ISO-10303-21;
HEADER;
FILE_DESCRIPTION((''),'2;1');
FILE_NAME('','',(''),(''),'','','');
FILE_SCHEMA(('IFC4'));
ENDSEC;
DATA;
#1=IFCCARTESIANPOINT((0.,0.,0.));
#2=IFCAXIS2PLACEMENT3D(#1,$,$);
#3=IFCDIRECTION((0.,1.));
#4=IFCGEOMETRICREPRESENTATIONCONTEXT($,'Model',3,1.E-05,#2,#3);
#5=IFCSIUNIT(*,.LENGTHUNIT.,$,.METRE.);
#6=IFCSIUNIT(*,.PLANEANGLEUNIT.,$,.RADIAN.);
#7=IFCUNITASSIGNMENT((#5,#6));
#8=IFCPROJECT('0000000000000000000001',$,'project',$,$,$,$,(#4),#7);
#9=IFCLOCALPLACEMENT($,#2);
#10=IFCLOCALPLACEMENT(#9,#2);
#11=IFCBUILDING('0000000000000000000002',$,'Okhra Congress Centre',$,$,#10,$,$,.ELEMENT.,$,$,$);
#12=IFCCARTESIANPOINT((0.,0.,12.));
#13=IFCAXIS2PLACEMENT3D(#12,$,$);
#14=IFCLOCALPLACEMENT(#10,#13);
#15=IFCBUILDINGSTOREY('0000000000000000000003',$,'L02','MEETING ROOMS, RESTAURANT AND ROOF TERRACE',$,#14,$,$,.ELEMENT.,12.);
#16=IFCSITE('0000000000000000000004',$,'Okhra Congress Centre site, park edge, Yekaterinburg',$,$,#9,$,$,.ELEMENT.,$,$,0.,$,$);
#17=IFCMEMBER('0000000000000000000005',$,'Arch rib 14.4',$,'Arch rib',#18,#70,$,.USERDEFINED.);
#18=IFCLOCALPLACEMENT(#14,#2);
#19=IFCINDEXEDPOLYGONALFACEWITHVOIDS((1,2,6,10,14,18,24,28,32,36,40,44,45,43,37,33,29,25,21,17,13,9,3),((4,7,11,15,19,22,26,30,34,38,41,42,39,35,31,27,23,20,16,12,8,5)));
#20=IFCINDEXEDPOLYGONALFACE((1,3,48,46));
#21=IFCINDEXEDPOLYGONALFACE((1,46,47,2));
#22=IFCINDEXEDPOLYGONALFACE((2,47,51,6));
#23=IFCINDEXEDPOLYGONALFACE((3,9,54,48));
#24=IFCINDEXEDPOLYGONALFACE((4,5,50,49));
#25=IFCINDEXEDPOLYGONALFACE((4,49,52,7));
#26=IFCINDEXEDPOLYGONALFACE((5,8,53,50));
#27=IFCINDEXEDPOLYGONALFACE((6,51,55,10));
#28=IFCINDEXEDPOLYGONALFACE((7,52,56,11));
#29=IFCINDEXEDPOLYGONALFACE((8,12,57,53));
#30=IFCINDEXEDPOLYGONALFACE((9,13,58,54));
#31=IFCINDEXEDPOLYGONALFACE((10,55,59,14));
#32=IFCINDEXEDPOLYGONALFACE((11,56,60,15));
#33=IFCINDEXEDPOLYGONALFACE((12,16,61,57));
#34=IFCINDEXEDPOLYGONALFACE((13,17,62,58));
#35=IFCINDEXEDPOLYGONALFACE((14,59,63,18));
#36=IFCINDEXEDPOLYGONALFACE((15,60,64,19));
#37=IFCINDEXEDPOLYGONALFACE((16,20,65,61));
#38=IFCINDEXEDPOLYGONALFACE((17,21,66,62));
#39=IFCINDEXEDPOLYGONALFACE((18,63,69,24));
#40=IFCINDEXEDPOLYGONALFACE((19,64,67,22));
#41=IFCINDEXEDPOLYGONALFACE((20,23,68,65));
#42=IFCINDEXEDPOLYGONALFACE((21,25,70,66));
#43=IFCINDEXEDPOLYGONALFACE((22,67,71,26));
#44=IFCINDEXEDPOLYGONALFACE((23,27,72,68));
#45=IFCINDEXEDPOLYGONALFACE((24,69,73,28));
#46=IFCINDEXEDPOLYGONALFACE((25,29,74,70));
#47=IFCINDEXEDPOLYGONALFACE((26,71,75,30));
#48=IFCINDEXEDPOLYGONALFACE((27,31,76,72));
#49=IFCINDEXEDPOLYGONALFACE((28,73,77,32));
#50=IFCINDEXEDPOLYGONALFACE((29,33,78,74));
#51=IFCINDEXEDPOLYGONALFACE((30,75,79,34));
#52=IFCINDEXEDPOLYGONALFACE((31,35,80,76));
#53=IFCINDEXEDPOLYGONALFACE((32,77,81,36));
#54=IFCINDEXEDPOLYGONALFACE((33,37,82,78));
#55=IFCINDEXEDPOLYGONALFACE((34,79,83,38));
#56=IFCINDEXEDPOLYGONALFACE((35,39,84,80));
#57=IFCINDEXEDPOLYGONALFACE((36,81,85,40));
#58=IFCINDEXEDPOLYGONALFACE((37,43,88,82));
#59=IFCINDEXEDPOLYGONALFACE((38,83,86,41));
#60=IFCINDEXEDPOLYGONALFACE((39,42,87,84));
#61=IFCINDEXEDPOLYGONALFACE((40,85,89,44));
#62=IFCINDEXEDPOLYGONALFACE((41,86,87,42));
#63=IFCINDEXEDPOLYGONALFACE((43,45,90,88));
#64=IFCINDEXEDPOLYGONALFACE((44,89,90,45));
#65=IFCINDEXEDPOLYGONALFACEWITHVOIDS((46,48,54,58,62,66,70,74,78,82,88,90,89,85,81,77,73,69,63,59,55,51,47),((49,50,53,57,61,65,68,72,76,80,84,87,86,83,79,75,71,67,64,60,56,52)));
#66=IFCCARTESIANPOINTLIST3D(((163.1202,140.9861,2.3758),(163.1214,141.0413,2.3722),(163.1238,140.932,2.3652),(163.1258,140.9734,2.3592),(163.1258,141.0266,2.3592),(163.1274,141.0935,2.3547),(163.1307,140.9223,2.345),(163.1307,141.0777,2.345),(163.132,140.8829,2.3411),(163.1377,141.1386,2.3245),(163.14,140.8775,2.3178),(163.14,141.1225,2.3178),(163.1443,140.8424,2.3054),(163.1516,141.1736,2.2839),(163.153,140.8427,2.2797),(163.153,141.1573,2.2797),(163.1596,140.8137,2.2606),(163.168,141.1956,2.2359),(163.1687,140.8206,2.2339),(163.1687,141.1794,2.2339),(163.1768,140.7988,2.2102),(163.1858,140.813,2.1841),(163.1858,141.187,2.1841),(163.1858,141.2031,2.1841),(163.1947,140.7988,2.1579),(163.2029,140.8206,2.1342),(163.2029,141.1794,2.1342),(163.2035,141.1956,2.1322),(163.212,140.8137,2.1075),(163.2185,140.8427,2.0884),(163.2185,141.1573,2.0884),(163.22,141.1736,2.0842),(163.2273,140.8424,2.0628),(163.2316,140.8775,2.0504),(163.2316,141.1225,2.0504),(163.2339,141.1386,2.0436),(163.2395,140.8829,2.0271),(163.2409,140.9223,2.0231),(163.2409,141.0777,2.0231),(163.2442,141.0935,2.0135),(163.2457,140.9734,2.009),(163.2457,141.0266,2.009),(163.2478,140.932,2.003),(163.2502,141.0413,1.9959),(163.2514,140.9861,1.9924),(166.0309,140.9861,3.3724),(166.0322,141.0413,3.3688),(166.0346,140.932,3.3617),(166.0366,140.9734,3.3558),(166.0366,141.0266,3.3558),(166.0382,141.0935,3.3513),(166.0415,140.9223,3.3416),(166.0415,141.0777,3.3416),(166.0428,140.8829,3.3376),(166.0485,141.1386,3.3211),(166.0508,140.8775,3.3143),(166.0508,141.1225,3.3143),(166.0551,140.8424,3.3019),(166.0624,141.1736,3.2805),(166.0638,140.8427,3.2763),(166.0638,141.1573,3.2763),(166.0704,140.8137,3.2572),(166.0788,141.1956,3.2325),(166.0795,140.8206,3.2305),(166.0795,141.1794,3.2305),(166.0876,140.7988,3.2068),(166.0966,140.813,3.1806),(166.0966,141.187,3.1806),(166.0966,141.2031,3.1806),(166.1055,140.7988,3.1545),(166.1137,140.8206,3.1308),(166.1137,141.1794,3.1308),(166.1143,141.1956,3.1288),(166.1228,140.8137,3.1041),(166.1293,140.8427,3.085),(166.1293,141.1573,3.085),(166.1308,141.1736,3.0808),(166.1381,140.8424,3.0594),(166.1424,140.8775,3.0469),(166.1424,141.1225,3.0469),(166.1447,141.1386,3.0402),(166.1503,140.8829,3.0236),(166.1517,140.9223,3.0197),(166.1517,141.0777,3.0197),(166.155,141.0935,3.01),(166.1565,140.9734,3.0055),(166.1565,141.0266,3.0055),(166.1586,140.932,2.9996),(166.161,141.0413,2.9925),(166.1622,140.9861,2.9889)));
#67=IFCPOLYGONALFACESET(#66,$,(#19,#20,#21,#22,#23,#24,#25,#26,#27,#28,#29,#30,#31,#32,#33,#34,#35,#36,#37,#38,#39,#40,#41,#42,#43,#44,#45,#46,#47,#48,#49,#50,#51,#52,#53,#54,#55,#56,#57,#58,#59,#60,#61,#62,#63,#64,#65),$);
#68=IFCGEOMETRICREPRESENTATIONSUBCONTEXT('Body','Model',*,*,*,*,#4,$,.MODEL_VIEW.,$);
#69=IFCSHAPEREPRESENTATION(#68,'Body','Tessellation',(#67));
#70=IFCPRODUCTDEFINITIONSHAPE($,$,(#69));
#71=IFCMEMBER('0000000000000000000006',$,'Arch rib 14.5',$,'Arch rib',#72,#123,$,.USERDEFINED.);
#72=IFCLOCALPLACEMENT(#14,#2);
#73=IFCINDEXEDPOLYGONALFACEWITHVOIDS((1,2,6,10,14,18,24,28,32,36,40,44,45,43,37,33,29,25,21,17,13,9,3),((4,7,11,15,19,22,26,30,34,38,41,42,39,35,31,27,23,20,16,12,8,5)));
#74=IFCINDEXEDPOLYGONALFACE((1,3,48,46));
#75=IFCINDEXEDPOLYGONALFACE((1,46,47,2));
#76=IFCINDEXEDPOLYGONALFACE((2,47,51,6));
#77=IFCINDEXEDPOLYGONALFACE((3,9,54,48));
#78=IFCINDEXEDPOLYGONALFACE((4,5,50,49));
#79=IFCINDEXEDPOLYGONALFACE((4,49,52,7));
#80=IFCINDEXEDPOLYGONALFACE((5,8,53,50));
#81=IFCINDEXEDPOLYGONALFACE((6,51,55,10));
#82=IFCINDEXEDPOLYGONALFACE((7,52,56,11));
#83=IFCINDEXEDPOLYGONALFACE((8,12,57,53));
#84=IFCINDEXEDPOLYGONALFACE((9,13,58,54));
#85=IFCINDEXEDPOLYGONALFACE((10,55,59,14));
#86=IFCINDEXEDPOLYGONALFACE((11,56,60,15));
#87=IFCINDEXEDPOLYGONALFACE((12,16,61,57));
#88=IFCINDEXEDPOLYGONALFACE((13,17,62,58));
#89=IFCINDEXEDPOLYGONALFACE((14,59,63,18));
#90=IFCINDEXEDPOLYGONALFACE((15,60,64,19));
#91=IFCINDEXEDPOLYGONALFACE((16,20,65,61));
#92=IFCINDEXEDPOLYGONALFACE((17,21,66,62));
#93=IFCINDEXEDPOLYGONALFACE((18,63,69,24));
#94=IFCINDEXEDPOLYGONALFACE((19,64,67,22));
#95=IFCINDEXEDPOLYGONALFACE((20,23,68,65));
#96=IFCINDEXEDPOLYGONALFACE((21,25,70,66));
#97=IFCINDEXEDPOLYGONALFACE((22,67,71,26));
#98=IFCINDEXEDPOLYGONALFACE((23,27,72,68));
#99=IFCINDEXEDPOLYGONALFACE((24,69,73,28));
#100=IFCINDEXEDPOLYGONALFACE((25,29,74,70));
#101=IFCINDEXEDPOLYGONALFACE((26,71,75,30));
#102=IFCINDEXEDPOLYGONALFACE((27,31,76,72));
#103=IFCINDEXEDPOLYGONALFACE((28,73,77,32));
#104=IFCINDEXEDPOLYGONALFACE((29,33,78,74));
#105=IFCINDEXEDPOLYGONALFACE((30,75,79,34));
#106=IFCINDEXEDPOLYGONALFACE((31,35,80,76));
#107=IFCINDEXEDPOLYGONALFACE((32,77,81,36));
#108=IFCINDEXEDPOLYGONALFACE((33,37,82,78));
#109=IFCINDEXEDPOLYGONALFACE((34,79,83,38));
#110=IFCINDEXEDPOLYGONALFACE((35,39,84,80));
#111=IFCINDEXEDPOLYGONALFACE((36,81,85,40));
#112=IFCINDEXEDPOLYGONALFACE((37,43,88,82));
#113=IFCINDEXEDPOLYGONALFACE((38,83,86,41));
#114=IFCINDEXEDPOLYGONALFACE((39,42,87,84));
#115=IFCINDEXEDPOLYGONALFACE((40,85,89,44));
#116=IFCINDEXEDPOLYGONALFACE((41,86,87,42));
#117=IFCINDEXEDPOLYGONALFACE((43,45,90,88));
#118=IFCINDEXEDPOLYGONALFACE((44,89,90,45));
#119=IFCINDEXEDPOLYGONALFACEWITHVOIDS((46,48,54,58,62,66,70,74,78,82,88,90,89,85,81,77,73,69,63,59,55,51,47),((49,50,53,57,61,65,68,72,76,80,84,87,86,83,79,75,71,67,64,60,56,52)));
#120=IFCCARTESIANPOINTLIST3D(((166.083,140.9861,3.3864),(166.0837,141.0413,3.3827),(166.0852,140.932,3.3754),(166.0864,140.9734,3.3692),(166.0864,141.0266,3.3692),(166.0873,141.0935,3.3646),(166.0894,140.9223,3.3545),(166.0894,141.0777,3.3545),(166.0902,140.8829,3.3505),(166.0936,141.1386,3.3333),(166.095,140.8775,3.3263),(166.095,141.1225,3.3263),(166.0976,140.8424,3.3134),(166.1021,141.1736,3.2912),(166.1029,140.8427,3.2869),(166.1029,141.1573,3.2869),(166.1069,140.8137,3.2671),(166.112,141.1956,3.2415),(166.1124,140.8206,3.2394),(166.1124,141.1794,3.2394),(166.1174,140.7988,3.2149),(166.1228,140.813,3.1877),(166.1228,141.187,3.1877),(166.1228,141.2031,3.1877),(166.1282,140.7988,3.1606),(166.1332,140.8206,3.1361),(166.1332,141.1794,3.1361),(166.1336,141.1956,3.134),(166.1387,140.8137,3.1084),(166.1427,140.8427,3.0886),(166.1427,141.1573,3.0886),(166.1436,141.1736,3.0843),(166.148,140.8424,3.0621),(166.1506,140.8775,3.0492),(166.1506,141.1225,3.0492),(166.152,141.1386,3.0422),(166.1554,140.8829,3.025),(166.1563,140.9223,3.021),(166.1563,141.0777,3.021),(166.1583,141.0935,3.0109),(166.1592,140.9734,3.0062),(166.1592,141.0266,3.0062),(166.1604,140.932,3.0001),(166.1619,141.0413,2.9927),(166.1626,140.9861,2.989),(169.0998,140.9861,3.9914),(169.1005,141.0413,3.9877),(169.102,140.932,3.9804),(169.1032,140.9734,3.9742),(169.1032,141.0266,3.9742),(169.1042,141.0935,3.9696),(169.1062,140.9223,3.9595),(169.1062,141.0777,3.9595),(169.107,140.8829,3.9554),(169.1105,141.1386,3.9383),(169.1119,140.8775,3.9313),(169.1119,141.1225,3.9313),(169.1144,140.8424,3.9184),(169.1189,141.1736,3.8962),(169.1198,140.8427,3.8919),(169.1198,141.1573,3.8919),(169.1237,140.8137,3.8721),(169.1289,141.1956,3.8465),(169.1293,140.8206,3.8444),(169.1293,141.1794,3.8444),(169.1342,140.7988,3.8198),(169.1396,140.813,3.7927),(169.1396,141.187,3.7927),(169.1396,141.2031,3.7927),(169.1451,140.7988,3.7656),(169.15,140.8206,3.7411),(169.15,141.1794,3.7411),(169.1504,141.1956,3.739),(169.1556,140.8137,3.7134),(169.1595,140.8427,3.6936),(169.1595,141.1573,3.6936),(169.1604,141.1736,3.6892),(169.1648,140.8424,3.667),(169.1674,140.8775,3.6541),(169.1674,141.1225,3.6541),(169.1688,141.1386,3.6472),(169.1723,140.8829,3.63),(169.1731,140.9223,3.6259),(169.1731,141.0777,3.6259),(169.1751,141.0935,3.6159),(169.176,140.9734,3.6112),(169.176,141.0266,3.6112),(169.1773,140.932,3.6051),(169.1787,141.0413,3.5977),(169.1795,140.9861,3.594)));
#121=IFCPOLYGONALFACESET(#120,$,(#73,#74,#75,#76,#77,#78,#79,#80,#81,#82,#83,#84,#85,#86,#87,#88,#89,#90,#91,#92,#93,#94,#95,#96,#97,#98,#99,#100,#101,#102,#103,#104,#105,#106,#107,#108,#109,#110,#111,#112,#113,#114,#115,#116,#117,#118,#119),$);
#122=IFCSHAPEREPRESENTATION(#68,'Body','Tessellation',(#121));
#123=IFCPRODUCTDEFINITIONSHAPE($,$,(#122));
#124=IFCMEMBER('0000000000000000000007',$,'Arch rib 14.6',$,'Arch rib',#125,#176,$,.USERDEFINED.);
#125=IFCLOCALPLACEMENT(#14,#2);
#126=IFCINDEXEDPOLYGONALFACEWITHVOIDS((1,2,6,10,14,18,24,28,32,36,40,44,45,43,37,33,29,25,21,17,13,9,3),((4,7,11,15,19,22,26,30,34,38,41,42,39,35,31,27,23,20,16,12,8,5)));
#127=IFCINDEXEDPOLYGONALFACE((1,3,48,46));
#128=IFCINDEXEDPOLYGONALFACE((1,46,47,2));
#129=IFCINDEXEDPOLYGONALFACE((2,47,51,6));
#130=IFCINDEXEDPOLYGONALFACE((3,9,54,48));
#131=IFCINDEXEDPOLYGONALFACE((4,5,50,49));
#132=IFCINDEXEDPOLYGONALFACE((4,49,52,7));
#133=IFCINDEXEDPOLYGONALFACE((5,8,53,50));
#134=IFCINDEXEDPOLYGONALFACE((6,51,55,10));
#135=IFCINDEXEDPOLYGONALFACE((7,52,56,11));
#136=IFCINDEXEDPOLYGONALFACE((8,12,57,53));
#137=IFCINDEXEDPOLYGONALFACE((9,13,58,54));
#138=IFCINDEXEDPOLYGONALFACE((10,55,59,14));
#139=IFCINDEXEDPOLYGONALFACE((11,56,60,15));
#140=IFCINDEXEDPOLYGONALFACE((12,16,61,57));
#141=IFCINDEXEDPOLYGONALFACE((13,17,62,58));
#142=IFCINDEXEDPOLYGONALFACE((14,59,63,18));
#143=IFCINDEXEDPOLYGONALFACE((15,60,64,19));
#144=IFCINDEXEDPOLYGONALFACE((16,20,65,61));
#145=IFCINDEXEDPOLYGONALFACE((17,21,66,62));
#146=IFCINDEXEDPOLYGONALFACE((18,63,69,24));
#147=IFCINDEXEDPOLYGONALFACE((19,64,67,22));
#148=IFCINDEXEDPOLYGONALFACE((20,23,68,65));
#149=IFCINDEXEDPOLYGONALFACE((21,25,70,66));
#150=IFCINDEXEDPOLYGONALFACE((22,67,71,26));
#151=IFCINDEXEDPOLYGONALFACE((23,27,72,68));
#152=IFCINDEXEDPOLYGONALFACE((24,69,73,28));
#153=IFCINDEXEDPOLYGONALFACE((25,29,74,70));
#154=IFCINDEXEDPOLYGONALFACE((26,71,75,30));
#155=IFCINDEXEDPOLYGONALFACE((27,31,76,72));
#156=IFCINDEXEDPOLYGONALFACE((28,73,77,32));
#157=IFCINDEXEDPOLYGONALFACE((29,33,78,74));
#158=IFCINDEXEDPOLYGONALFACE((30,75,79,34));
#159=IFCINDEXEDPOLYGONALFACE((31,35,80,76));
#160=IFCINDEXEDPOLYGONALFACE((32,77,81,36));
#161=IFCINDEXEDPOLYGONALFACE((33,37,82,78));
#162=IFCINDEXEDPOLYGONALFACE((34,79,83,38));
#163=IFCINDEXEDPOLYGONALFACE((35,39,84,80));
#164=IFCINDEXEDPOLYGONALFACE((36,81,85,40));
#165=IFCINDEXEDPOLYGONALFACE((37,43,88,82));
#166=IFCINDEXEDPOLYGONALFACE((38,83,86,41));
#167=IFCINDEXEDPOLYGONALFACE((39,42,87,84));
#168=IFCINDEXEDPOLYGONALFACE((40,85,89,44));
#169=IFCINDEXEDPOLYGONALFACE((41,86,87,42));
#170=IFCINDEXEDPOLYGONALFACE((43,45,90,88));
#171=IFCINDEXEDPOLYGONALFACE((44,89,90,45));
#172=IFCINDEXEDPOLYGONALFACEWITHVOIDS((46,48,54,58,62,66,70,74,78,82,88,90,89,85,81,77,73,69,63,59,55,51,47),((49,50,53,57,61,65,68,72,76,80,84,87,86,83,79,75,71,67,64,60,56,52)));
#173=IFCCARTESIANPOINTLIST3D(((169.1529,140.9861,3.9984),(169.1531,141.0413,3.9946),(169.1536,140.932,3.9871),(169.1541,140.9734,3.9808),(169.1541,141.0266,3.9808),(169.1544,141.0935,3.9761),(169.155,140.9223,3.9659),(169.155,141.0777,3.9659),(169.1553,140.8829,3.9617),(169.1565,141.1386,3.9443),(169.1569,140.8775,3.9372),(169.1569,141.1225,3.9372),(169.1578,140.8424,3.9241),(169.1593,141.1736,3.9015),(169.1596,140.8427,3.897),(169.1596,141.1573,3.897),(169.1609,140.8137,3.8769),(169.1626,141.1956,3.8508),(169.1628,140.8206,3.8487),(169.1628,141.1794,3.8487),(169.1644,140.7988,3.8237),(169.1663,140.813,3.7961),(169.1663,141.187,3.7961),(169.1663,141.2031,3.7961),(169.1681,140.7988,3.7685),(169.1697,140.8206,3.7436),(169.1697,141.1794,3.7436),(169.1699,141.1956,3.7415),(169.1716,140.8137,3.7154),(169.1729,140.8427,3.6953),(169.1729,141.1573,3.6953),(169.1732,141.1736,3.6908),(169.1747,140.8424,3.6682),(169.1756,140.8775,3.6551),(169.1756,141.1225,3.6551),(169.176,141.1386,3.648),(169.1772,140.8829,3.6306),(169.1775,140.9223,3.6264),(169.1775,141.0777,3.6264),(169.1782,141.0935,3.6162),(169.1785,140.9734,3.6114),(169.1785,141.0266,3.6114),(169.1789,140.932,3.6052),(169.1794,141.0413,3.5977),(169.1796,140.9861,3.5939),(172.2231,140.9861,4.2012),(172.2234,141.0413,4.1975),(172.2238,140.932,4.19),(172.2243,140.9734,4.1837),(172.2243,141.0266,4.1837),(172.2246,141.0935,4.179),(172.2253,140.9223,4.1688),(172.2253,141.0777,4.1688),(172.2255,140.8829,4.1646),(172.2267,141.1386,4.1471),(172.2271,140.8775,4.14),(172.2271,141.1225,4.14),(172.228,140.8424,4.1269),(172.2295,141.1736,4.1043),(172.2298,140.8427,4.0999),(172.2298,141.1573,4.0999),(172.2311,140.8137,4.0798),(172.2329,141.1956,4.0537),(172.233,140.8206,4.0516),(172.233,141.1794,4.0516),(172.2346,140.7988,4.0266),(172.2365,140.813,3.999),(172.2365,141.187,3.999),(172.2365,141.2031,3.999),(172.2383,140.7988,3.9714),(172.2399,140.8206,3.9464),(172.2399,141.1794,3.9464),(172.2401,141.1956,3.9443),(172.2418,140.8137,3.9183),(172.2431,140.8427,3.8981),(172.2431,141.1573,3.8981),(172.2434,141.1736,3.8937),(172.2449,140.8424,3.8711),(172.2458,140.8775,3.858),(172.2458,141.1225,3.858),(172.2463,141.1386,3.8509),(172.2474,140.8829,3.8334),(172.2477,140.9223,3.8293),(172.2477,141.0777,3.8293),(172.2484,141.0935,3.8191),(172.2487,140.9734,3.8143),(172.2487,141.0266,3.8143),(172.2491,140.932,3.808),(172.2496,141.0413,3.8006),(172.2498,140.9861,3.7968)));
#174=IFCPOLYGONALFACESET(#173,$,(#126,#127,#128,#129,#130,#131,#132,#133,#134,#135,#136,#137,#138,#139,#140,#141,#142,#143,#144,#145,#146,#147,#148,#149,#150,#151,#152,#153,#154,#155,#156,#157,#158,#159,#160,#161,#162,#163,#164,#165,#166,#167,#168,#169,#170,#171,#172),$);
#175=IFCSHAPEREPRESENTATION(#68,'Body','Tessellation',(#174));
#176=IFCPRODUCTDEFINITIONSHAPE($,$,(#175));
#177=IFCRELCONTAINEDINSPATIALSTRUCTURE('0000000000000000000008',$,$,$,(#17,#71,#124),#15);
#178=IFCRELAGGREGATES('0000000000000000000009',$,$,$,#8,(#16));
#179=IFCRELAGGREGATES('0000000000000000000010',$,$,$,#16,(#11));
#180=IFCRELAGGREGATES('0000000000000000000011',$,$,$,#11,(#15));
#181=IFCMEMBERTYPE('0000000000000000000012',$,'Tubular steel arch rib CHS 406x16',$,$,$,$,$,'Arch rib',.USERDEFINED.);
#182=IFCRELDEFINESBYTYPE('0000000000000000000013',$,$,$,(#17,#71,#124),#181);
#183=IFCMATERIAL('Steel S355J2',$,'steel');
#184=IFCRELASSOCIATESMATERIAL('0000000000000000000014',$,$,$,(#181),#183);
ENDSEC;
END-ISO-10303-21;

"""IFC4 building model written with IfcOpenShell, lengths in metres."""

from ifc_helpers import new_model, si_unit, direction, frame, origin, origin_2d, place, context, subcontext, project, spatial, hollow_circle, extrude, material, material_profile, profile_set, type_object, element, save


model = new_model("IFC4")

# Units and contexts
model_context = context("Model", 3, precision=1e-05, world=origin(), true_north=direction((0.0, 1.0)))
body_context = subcontext(model_context, "Body", "Model", "MODEL_VIEW")
ifc_project = project(units=[si_unit("LENGTHUNIT", "METRE"), si_unit("PLANEANGLEUNIT", "RADIAN")], contexts=[model_context])

# Site, building, storey
site_placement = place(None, origin())
site = spatial("IfcSite", under=ifc_project, at=site_placement, Name="Okhra Congress Centre site, park edge, Yekaterinburg", CompositionType="ELEMENT", RefElevation=0.0)
building_placement = place(site_placement, origin())
building = spatial("IfcBuilding", under=site, at=building_placement, Name="Okhra Congress Centre", CompositionType="ELEMENT")
storey_placement = place(building_placement, frame((0.0, 0.0, 12.0)))
storey = spatial("IfcBuildingStorey", under=building, at=storey_placement, Name="L02", Description="MEETING ROOMS, RESTAURANT AND ROOF TERRACE", CompositionType="ELEMENT", Elevation=12.0)

# Members
ifc_material_1 = material(Name="Steel S355J2", Category="steel")
ifc_material_profile_1 = material_profile(ifc_material_1, hollow_circle(Radius=0.2031, WallThickness=0.0161, at=origin_2d()), Name="CHS 406.4x16")
ifc_profile_set_1 = profile_set([ifc_material_profile_1], Name="Steel S355J2")
member_type_1 = type_object("IfcMemberType", Name="Tubular steel arch rib CHS 406x16", ElementType="Arch rib", PredefinedType="USERDEFINED", material=ifc_profile_set_1)
member_placement = place(storey_placement, frame((163.1858, 141.0, 2.1841), z_axis=(0.946089, 0.0, 0.323906), x_axis=(0.0, 1.0, 0.0)))
element("IfcMember", 1, at=member_placement, inside=storey, type_object=member_type_1, Name="Arch rib 14.4", ObjectType="Arch rib", PredefinedType="USERDEFINED", context=body_context, shape_type="SweptSolid", body=[
    extrude(hollow_circle(Radius=0.2031, WallThickness=0.0161, at=origin_2d()), origin(), (0.0, 0.0, 1.0), 3.0767),
])
for number, where, z_axis, x_axis, name in (
    (2, (166.1228, 141.0, 3.1877), (0.98048, 0.0, 0.19662), (0.0, 1.0, 0.0), "Arch rib 14.5"),
    (3, (169.1663, 141.0, 3.7961), (0.997824, 0.0, 0.065934), (0.0, 1.0, 0.0), "Arch rib 14.6"),
):
    element("IfcMember", number, at=place(storey_placement, frame(where, z_axis=z_axis, x_axis=x_axis)), inside=storey, type_object=member_type_1, Name=name, ObjectType="Arch rib", PredefinedType="USERDEFINED", context=body_context, shape_type="SweptSolid", body=[
        extrude(hollow_circle(Radius=0.2031, WallThickness=0.0161, at=origin_2d()), origin(), (0.0, 0.0, 1.0), 3.0769),
    ])

save(model, "model.ifc")
